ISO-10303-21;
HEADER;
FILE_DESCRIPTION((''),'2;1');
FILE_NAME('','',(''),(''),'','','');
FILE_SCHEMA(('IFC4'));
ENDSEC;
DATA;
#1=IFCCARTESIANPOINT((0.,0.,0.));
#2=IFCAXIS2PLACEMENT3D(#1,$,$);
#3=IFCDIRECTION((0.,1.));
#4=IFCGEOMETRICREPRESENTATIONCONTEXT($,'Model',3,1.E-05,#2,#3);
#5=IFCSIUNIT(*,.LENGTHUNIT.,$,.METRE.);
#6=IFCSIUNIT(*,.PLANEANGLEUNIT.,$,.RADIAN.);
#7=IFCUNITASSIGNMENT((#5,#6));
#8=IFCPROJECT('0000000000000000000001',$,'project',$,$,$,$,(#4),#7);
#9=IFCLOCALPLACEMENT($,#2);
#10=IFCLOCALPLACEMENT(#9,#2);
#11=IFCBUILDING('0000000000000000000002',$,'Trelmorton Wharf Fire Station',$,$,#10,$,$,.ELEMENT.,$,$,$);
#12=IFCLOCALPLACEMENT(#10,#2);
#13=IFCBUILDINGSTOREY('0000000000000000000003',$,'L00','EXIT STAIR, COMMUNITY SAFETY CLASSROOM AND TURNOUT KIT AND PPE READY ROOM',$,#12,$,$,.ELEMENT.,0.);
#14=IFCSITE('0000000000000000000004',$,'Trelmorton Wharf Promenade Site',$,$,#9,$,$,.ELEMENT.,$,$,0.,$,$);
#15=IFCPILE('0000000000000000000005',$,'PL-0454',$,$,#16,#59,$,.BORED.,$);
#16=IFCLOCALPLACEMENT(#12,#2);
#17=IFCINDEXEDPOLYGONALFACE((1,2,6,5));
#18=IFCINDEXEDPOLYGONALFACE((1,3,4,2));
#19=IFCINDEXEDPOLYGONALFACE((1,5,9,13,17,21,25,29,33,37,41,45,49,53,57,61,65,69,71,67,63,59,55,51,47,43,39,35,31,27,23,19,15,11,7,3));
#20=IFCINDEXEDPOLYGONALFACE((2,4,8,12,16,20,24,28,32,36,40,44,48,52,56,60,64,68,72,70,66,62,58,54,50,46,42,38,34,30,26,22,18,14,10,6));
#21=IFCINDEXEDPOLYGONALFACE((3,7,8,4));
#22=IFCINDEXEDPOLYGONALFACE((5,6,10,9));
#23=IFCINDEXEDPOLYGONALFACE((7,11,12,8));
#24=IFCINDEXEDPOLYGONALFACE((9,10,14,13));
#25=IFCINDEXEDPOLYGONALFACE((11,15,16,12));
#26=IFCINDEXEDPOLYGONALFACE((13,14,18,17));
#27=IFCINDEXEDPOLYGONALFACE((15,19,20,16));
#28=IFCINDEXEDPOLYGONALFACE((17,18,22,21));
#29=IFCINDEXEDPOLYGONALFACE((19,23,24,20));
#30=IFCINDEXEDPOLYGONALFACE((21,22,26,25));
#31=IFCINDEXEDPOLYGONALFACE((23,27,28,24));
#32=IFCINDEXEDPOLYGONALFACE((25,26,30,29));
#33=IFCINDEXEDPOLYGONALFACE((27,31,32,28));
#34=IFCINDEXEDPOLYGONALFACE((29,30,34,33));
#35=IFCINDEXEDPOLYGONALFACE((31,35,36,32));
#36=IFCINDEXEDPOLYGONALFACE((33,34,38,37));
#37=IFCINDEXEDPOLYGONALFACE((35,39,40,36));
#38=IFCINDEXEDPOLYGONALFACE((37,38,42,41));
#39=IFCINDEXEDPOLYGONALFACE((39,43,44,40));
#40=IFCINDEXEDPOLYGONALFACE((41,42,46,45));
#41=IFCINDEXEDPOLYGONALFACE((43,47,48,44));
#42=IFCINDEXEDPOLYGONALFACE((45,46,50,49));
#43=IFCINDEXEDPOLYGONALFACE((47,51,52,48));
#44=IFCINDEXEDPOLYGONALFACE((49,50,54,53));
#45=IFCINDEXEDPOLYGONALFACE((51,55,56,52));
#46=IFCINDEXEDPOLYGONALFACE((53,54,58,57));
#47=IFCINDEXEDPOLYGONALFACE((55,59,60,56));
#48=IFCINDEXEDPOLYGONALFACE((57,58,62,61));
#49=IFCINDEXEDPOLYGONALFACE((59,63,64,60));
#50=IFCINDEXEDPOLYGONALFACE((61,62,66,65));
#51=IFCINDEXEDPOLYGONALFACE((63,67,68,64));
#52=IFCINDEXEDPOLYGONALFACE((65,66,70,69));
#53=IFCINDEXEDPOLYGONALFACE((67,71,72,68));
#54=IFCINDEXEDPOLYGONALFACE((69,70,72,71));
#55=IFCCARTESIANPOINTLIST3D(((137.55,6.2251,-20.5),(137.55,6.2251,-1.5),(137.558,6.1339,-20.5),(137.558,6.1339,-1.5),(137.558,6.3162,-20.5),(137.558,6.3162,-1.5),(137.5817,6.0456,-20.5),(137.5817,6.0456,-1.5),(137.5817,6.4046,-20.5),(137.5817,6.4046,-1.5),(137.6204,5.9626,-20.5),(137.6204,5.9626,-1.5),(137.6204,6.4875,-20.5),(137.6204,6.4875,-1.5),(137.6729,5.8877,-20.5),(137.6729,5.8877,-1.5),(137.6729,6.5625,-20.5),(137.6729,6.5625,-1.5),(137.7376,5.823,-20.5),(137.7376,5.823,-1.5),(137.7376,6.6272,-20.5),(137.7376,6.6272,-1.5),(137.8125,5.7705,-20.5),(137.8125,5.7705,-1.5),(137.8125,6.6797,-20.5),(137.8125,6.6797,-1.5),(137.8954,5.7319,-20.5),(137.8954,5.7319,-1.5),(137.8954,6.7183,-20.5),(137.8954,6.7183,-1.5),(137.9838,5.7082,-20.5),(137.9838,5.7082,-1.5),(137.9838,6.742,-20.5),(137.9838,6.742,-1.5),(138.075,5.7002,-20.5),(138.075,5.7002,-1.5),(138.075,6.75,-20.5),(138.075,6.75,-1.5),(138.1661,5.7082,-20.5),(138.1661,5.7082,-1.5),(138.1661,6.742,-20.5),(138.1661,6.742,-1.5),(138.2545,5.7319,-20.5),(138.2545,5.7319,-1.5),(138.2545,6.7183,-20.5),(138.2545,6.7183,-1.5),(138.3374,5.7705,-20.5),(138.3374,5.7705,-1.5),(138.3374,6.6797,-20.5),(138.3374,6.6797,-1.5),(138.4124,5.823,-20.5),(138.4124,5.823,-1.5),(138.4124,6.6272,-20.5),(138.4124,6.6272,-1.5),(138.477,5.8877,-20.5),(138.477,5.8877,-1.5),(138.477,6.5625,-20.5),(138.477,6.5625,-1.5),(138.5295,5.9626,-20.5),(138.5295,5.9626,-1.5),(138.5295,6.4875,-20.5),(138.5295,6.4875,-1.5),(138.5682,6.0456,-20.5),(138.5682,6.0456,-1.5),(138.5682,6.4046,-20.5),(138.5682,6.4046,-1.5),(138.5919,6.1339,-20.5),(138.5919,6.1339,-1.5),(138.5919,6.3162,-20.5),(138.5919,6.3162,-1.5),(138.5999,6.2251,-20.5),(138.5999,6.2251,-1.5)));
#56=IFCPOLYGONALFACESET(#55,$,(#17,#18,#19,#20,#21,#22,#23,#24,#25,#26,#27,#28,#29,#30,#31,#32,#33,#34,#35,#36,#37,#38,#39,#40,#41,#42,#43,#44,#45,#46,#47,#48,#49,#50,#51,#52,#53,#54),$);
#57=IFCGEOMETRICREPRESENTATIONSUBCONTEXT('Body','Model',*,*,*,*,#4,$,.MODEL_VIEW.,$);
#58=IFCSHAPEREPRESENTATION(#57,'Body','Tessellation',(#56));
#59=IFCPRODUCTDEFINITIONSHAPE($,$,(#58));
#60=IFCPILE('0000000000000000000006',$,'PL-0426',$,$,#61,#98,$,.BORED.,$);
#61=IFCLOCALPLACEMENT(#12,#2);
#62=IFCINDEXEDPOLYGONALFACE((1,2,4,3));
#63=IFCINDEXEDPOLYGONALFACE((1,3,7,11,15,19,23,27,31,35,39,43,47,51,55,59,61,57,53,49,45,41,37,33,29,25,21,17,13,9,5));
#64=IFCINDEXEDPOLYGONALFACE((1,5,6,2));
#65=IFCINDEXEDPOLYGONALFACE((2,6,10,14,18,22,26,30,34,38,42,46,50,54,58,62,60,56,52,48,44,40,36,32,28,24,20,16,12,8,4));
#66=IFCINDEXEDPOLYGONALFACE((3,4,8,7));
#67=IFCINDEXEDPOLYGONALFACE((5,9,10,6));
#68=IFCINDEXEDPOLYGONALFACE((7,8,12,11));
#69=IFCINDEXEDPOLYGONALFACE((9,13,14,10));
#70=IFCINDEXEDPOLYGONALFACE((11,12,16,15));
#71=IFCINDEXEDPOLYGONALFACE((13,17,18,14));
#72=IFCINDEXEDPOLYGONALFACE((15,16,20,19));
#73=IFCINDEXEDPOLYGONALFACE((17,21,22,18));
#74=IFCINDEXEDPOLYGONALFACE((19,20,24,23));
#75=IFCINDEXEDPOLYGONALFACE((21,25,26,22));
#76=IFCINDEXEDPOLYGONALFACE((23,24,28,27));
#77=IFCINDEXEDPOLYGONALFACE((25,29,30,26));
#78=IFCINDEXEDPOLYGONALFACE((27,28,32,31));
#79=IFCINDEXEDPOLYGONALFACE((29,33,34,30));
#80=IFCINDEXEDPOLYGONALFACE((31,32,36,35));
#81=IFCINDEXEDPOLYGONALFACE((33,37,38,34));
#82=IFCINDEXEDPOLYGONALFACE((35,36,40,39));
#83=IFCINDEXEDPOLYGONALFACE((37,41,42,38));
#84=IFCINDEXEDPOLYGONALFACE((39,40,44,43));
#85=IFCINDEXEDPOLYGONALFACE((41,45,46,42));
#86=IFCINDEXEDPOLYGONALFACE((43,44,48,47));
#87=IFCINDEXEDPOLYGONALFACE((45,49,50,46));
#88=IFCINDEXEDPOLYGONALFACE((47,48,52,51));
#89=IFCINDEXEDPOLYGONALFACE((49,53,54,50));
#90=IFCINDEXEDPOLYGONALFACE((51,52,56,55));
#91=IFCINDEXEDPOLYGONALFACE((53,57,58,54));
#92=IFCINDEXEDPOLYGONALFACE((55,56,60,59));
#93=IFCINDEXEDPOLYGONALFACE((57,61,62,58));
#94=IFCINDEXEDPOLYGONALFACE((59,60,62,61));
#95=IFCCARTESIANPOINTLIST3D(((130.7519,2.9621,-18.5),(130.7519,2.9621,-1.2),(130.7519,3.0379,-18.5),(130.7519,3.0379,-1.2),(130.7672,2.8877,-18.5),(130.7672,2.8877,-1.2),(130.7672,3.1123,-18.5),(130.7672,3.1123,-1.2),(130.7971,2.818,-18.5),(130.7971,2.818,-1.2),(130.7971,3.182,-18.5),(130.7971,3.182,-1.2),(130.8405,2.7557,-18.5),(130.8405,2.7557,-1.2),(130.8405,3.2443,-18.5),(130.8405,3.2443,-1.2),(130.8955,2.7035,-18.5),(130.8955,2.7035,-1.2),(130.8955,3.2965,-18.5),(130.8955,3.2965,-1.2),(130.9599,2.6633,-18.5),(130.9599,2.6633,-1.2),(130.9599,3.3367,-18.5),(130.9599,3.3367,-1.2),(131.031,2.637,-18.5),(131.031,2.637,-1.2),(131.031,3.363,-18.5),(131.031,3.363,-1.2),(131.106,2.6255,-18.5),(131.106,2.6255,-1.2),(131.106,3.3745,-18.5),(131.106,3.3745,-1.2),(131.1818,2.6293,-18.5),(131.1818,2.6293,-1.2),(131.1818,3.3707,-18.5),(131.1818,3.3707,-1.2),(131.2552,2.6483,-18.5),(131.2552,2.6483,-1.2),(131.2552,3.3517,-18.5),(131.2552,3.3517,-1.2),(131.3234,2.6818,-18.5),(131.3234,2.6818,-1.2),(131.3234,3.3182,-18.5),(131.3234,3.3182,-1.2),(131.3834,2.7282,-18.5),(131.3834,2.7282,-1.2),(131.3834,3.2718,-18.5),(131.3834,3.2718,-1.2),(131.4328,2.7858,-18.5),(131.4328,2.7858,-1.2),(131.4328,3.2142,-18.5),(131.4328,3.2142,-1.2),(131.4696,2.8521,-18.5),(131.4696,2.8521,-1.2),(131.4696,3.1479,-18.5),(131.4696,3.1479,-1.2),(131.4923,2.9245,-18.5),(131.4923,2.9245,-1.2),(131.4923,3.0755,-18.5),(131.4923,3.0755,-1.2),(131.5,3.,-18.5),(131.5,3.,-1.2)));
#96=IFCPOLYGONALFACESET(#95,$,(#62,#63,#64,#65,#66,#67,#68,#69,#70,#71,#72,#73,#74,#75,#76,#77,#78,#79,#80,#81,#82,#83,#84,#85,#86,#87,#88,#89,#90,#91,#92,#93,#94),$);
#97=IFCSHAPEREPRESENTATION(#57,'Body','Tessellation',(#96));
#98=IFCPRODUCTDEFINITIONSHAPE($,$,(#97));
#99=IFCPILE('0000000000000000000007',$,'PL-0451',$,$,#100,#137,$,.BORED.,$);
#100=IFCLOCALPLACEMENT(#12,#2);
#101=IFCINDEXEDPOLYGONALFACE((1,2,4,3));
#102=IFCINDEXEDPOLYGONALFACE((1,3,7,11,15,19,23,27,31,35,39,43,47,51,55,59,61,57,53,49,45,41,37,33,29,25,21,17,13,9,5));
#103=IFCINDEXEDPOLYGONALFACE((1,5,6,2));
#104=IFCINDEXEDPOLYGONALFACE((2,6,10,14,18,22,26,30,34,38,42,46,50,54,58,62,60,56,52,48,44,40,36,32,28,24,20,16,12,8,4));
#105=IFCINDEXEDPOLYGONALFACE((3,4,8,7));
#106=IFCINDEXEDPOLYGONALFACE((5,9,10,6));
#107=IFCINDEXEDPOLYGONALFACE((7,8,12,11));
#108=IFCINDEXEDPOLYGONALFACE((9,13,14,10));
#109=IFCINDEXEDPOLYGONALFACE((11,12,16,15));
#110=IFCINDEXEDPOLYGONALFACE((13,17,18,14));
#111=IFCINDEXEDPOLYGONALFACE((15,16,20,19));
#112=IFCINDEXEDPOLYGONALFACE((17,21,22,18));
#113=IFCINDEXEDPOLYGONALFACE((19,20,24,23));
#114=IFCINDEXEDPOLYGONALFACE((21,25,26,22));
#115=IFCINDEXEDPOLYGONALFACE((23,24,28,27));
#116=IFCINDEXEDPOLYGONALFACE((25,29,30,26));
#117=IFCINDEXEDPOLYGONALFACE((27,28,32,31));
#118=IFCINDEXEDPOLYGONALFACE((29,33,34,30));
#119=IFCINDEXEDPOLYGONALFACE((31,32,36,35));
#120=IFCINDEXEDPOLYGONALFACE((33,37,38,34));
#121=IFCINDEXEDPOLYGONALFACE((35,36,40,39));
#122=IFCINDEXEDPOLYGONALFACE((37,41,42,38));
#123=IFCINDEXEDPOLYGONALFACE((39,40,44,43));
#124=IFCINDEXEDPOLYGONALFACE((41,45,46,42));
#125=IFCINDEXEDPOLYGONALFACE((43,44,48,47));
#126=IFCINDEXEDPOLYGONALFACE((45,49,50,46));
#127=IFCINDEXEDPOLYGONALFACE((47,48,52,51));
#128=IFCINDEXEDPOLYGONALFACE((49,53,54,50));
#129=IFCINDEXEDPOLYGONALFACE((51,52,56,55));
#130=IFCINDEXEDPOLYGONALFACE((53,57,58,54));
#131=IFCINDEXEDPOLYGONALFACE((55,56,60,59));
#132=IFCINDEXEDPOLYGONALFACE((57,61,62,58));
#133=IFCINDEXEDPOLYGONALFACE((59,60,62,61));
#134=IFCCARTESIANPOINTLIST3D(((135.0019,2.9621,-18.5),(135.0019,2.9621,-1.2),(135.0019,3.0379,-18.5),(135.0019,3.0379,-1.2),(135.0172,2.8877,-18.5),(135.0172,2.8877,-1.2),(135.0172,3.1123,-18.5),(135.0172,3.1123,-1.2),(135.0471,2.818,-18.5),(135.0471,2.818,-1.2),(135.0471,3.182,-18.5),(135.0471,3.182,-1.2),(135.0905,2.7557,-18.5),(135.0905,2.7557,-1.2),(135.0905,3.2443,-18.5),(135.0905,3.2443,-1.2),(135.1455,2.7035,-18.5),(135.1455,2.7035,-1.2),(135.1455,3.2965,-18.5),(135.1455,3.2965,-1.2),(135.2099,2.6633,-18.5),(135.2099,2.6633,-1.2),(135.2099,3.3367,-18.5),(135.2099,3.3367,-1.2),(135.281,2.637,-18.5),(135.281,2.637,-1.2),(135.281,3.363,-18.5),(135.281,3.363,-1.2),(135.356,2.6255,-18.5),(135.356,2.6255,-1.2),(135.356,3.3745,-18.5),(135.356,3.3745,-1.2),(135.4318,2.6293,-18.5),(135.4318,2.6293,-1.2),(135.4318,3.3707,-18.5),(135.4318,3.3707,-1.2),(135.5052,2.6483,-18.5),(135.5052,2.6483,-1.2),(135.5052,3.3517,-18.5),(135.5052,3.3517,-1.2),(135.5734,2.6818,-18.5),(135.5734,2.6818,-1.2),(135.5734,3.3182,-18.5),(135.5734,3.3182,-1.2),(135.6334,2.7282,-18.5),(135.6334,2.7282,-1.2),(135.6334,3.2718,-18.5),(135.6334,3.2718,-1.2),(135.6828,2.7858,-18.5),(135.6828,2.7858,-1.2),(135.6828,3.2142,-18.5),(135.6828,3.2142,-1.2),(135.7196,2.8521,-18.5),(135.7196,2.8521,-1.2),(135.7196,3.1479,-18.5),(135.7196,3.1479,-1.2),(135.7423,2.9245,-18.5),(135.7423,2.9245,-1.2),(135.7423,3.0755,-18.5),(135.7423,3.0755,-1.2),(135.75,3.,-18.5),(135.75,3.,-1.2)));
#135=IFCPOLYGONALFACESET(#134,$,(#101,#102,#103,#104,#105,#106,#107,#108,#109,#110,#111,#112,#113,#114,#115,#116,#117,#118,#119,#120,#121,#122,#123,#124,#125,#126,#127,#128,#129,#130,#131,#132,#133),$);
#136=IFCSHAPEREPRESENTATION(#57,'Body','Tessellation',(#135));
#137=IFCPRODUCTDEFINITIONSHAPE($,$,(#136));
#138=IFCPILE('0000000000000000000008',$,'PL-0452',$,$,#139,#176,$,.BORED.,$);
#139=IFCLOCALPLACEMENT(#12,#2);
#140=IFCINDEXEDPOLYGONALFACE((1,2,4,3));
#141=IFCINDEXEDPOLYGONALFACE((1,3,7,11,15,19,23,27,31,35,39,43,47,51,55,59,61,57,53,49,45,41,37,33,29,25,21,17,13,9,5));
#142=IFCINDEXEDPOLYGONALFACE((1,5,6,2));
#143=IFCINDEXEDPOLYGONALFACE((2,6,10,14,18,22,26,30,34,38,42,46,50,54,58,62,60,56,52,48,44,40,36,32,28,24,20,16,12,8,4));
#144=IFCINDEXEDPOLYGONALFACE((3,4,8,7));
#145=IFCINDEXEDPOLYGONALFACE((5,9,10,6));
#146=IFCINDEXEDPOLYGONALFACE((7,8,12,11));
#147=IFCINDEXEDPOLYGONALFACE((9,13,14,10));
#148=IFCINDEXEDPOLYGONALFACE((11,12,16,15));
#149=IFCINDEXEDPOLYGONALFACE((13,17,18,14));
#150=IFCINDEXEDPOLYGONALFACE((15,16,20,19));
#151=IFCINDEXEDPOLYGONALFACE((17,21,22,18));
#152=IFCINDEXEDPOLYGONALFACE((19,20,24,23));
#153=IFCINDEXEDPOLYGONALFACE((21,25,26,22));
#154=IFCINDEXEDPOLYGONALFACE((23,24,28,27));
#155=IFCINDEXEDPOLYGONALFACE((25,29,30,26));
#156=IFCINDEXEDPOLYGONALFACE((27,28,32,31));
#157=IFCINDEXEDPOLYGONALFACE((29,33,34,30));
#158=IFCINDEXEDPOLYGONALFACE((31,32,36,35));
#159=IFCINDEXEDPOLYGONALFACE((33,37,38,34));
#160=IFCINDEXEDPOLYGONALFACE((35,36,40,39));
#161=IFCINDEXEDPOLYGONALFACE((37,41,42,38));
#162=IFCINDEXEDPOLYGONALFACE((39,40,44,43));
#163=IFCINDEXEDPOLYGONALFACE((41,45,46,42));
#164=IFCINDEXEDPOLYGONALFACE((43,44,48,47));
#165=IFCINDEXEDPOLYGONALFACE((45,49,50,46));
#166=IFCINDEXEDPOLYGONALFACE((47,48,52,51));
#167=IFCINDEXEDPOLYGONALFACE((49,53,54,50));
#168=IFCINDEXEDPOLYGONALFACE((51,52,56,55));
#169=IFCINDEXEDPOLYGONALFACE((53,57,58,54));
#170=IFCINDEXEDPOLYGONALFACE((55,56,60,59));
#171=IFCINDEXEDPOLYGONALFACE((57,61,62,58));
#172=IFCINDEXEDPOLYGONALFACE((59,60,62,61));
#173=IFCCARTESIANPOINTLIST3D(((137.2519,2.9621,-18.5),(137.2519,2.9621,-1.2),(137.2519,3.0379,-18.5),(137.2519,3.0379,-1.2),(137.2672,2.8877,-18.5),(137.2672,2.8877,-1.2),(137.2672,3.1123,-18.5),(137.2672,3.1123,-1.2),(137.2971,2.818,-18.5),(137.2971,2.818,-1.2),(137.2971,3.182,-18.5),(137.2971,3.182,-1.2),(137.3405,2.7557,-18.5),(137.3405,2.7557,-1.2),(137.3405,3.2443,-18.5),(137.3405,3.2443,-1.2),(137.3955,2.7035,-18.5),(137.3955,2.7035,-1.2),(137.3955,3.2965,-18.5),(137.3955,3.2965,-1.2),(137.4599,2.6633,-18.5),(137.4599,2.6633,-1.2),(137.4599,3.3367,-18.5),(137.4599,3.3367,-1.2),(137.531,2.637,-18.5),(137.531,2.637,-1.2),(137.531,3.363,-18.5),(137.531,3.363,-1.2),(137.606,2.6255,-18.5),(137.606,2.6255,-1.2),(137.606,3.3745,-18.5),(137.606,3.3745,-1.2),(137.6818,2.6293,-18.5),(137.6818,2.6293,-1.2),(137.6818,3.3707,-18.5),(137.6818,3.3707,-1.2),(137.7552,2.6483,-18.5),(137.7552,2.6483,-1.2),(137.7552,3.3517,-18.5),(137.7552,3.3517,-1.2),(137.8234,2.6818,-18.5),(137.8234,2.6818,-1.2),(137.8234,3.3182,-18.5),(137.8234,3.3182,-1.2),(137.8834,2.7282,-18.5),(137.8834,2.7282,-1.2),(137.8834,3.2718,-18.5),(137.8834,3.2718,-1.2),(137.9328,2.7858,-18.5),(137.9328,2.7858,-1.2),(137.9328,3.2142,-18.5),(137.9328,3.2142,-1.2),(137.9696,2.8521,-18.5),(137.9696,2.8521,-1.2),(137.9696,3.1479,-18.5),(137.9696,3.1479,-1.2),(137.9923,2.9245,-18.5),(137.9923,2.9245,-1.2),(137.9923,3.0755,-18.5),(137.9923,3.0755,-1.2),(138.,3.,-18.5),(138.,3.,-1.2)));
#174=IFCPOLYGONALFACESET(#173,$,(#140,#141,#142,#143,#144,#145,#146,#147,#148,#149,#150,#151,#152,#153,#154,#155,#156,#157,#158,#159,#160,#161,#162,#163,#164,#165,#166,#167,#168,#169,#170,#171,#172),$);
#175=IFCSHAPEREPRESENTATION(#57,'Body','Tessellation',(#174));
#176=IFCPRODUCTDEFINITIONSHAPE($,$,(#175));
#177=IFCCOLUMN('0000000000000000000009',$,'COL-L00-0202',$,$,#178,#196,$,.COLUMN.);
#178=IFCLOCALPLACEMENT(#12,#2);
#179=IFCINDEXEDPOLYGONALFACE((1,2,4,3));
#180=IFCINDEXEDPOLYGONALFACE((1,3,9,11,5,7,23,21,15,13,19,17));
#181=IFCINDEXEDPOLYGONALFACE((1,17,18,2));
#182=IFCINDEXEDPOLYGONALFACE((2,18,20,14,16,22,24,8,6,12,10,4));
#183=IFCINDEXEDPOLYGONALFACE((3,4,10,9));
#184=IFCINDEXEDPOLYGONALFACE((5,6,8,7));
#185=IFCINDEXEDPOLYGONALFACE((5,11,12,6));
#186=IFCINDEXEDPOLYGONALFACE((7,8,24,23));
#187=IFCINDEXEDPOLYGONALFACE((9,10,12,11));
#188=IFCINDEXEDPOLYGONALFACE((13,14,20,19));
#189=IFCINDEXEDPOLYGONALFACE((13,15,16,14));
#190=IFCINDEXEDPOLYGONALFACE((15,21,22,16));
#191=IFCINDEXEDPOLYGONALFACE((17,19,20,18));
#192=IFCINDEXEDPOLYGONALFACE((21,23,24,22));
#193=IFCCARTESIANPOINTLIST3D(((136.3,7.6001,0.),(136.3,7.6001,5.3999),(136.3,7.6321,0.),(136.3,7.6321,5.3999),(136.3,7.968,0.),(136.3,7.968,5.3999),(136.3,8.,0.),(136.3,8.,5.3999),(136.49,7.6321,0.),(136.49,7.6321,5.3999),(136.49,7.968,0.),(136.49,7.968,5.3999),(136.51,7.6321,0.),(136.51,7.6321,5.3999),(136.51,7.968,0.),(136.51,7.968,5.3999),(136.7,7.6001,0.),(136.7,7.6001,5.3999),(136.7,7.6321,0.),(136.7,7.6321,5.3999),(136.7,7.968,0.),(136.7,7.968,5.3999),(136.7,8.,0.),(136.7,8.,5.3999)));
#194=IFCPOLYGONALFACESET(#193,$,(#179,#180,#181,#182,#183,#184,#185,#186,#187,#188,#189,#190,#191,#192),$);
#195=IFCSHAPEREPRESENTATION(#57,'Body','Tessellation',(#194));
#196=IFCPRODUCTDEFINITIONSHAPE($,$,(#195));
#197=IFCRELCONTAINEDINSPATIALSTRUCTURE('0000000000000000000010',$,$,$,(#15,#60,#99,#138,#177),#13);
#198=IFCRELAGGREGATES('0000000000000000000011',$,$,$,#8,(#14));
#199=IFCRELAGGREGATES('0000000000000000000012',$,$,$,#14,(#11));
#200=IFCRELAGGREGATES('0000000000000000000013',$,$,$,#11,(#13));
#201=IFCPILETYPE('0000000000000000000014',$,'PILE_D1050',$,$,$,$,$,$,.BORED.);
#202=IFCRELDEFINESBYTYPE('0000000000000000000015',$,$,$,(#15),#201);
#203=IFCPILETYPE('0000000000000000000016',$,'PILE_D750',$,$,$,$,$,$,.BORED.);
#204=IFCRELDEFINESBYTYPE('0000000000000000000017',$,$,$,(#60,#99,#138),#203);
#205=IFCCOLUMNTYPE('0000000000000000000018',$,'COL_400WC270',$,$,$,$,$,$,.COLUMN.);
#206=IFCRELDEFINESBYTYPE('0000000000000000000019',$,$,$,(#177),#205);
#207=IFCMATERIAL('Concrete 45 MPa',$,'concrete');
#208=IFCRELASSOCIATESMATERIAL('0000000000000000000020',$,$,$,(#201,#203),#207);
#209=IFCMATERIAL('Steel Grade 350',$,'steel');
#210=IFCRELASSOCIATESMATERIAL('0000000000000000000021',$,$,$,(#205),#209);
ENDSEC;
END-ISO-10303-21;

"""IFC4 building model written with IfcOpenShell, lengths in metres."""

from ifc_helpers import new_model, si_unit, direction, frame, origin, origin_2d, place, context, subcontext, project, spatial, circle, i_section, extrude, material, material_profile, profile_set, type_object, element, save


model = new_model("IFC4")

# Units and contexts
model_context = context("Model", 3, precision=1e-05, world=origin(), true_north=direction((0.0, 1.0)))
body_context = subcontext(model_context, "Body", "Model", "MODEL_VIEW")
ifc_project = project(units=[si_unit("LENGTHUNIT", "METRE"), si_unit("PLANEANGLEUNIT", "RADIAN")], contexts=[model_context])

# Site, building, storey
site_placement = place(None, origin())
site = spatial("IfcSite", under=ifc_project, at=site_placement, Name="Trelmorton Wharf Promenade Site", CompositionType="ELEMENT", RefElevation=0.0)
building_placement = place(site_placement, origin())
building = spatial("IfcBuilding", under=site, at=building_placement, Name="Trelmorton Wharf Fire Station", CompositionType="ELEMENT")
storey_placement = place(building_placement, origin())
storey = spatial("IfcBuildingStorey", under=building, at=storey_placement, Name="L00", Description="EXIT STAIR, COMMUNITY SAFETY CLASSROOM AND TURNOUT KIT AND PPE READY ROOM", CompositionType="ELEMENT", Elevation=0.0)

# Piles
ifc_material_1 = material(Name="Concrete 45 MPa", Category="concrete")
ifc_material_profile_1 = material_profile(ifc_material_1, circle(Radius=0.5249, at=origin_2d()), Name="PILE-D1050")
ifc_profile_set_1 = profile_set([ifc_material_profile_1], Name="Concrete 45 MPa")
pile_type_1 = type_object("IfcPileType", Name="PILE_D1050", PredefinedType="BORED", material=ifc_profile_set_1)
for number, where, z_axis, x_axis, name in (
    (1, (138.075, 6.2251, -1.5), (0.0, 0.0, -1.0), (1.0, 0.0, 0.0), "PL-0454"),
):
    element("IfcPile", number, at=place(storey_placement, frame(where, z_axis=z_axis, x_axis=x_axis)), inside=storey, type_object=pile_type_1, Name=name, PredefinedType="BORED", context=body_context, shape_type="SweptSolid", body=[
        extrude(circle(Radius=0.5249, at=origin_2d()), origin(), (0.0, 0.0, 1.0), 19.0),
    ])
ifc_material_profile_2 = material_profile(ifc_material_1, circle(Radius=0.375, at=origin_2d()), Name="PILE-D750")
ifc_profile_set_2 = profile_set([ifc_material_profile_2], Name="Concrete 45 MPa")
pile_type_2 = type_object("IfcPileType", Name="PILE_D750", PredefinedType="BORED", material=ifc_profile_set_2)
for number, where, z_axis, x_axis, name in (
    (2, (131.125, 3.0, -1.2), (0.0, 0.0, -1.0), (1.0, 0.0, 0.0), "PL-0426"),
    (3, (135.375, 3.0, -1.2), (0.0, 0.0, -1.0), (1.0, 0.0, 0.0), "PL-0451"),
    (4, (137.625, 3.0, -1.2), (0.0, 0.0, -1.0), (1.0, 0.0, 0.0), "PL-0452"),
):
    element("IfcPile", number, at=place(storey_placement, frame(where, z_axis=z_axis, x_axis=x_axis)), inside=storey, type_object=pile_type_2, Name=name, PredefinedType="BORED", context=body_context, shape_type="SweptSolid", body=[
        extrude(circle(Radius=0.375, at=origin_2d()), origin(), (0.0, 0.0, 1.0), 17.3),
    ])

# Column
ifc_material_2 = material(Name="Steel Grade 350", Category="steel")
ifc_material_profile_3 = material_profile(ifc_material_2, i_section(OverallWidth=0.3999, OverallDepth=0.3999, WebThickness=0.02, FlangeThickness=0.032, at=origin_2d()), Name="400WC270")
ifc_profile_set_3 = profile_set([ifc_material_profile_3], Name="Steel Grade 350")
column_type_1 = type_object("IfcColumnType", Name="COL_400WC270", PredefinedType="COLUMN", material=ifc_profile_set_3)
column_1_placement = place(storey_placement, frame((136.5, 7.8, 0.0), z_axis=(0.0, 0.0, 1.0), x_axis=(1.0, 0.0, 0.0)))
element("IfcColumn", 5, at=column_1_placement, inside=storey, type_object=column_type_1, Name="COL-L00-0202", PredefinedType="COLUMN", context=body_context, shape_type="SweptSolid", body=[
    extrude(i_section(OverallWidth=0.3999, OverallDepth=0.3999, WebThickness=0.02, FlangeThickness=0.032, at=origin_2d()), origin(), (0.0, 0.0, 1.0), 5.3999),
])

save(model, "model.ifc")
